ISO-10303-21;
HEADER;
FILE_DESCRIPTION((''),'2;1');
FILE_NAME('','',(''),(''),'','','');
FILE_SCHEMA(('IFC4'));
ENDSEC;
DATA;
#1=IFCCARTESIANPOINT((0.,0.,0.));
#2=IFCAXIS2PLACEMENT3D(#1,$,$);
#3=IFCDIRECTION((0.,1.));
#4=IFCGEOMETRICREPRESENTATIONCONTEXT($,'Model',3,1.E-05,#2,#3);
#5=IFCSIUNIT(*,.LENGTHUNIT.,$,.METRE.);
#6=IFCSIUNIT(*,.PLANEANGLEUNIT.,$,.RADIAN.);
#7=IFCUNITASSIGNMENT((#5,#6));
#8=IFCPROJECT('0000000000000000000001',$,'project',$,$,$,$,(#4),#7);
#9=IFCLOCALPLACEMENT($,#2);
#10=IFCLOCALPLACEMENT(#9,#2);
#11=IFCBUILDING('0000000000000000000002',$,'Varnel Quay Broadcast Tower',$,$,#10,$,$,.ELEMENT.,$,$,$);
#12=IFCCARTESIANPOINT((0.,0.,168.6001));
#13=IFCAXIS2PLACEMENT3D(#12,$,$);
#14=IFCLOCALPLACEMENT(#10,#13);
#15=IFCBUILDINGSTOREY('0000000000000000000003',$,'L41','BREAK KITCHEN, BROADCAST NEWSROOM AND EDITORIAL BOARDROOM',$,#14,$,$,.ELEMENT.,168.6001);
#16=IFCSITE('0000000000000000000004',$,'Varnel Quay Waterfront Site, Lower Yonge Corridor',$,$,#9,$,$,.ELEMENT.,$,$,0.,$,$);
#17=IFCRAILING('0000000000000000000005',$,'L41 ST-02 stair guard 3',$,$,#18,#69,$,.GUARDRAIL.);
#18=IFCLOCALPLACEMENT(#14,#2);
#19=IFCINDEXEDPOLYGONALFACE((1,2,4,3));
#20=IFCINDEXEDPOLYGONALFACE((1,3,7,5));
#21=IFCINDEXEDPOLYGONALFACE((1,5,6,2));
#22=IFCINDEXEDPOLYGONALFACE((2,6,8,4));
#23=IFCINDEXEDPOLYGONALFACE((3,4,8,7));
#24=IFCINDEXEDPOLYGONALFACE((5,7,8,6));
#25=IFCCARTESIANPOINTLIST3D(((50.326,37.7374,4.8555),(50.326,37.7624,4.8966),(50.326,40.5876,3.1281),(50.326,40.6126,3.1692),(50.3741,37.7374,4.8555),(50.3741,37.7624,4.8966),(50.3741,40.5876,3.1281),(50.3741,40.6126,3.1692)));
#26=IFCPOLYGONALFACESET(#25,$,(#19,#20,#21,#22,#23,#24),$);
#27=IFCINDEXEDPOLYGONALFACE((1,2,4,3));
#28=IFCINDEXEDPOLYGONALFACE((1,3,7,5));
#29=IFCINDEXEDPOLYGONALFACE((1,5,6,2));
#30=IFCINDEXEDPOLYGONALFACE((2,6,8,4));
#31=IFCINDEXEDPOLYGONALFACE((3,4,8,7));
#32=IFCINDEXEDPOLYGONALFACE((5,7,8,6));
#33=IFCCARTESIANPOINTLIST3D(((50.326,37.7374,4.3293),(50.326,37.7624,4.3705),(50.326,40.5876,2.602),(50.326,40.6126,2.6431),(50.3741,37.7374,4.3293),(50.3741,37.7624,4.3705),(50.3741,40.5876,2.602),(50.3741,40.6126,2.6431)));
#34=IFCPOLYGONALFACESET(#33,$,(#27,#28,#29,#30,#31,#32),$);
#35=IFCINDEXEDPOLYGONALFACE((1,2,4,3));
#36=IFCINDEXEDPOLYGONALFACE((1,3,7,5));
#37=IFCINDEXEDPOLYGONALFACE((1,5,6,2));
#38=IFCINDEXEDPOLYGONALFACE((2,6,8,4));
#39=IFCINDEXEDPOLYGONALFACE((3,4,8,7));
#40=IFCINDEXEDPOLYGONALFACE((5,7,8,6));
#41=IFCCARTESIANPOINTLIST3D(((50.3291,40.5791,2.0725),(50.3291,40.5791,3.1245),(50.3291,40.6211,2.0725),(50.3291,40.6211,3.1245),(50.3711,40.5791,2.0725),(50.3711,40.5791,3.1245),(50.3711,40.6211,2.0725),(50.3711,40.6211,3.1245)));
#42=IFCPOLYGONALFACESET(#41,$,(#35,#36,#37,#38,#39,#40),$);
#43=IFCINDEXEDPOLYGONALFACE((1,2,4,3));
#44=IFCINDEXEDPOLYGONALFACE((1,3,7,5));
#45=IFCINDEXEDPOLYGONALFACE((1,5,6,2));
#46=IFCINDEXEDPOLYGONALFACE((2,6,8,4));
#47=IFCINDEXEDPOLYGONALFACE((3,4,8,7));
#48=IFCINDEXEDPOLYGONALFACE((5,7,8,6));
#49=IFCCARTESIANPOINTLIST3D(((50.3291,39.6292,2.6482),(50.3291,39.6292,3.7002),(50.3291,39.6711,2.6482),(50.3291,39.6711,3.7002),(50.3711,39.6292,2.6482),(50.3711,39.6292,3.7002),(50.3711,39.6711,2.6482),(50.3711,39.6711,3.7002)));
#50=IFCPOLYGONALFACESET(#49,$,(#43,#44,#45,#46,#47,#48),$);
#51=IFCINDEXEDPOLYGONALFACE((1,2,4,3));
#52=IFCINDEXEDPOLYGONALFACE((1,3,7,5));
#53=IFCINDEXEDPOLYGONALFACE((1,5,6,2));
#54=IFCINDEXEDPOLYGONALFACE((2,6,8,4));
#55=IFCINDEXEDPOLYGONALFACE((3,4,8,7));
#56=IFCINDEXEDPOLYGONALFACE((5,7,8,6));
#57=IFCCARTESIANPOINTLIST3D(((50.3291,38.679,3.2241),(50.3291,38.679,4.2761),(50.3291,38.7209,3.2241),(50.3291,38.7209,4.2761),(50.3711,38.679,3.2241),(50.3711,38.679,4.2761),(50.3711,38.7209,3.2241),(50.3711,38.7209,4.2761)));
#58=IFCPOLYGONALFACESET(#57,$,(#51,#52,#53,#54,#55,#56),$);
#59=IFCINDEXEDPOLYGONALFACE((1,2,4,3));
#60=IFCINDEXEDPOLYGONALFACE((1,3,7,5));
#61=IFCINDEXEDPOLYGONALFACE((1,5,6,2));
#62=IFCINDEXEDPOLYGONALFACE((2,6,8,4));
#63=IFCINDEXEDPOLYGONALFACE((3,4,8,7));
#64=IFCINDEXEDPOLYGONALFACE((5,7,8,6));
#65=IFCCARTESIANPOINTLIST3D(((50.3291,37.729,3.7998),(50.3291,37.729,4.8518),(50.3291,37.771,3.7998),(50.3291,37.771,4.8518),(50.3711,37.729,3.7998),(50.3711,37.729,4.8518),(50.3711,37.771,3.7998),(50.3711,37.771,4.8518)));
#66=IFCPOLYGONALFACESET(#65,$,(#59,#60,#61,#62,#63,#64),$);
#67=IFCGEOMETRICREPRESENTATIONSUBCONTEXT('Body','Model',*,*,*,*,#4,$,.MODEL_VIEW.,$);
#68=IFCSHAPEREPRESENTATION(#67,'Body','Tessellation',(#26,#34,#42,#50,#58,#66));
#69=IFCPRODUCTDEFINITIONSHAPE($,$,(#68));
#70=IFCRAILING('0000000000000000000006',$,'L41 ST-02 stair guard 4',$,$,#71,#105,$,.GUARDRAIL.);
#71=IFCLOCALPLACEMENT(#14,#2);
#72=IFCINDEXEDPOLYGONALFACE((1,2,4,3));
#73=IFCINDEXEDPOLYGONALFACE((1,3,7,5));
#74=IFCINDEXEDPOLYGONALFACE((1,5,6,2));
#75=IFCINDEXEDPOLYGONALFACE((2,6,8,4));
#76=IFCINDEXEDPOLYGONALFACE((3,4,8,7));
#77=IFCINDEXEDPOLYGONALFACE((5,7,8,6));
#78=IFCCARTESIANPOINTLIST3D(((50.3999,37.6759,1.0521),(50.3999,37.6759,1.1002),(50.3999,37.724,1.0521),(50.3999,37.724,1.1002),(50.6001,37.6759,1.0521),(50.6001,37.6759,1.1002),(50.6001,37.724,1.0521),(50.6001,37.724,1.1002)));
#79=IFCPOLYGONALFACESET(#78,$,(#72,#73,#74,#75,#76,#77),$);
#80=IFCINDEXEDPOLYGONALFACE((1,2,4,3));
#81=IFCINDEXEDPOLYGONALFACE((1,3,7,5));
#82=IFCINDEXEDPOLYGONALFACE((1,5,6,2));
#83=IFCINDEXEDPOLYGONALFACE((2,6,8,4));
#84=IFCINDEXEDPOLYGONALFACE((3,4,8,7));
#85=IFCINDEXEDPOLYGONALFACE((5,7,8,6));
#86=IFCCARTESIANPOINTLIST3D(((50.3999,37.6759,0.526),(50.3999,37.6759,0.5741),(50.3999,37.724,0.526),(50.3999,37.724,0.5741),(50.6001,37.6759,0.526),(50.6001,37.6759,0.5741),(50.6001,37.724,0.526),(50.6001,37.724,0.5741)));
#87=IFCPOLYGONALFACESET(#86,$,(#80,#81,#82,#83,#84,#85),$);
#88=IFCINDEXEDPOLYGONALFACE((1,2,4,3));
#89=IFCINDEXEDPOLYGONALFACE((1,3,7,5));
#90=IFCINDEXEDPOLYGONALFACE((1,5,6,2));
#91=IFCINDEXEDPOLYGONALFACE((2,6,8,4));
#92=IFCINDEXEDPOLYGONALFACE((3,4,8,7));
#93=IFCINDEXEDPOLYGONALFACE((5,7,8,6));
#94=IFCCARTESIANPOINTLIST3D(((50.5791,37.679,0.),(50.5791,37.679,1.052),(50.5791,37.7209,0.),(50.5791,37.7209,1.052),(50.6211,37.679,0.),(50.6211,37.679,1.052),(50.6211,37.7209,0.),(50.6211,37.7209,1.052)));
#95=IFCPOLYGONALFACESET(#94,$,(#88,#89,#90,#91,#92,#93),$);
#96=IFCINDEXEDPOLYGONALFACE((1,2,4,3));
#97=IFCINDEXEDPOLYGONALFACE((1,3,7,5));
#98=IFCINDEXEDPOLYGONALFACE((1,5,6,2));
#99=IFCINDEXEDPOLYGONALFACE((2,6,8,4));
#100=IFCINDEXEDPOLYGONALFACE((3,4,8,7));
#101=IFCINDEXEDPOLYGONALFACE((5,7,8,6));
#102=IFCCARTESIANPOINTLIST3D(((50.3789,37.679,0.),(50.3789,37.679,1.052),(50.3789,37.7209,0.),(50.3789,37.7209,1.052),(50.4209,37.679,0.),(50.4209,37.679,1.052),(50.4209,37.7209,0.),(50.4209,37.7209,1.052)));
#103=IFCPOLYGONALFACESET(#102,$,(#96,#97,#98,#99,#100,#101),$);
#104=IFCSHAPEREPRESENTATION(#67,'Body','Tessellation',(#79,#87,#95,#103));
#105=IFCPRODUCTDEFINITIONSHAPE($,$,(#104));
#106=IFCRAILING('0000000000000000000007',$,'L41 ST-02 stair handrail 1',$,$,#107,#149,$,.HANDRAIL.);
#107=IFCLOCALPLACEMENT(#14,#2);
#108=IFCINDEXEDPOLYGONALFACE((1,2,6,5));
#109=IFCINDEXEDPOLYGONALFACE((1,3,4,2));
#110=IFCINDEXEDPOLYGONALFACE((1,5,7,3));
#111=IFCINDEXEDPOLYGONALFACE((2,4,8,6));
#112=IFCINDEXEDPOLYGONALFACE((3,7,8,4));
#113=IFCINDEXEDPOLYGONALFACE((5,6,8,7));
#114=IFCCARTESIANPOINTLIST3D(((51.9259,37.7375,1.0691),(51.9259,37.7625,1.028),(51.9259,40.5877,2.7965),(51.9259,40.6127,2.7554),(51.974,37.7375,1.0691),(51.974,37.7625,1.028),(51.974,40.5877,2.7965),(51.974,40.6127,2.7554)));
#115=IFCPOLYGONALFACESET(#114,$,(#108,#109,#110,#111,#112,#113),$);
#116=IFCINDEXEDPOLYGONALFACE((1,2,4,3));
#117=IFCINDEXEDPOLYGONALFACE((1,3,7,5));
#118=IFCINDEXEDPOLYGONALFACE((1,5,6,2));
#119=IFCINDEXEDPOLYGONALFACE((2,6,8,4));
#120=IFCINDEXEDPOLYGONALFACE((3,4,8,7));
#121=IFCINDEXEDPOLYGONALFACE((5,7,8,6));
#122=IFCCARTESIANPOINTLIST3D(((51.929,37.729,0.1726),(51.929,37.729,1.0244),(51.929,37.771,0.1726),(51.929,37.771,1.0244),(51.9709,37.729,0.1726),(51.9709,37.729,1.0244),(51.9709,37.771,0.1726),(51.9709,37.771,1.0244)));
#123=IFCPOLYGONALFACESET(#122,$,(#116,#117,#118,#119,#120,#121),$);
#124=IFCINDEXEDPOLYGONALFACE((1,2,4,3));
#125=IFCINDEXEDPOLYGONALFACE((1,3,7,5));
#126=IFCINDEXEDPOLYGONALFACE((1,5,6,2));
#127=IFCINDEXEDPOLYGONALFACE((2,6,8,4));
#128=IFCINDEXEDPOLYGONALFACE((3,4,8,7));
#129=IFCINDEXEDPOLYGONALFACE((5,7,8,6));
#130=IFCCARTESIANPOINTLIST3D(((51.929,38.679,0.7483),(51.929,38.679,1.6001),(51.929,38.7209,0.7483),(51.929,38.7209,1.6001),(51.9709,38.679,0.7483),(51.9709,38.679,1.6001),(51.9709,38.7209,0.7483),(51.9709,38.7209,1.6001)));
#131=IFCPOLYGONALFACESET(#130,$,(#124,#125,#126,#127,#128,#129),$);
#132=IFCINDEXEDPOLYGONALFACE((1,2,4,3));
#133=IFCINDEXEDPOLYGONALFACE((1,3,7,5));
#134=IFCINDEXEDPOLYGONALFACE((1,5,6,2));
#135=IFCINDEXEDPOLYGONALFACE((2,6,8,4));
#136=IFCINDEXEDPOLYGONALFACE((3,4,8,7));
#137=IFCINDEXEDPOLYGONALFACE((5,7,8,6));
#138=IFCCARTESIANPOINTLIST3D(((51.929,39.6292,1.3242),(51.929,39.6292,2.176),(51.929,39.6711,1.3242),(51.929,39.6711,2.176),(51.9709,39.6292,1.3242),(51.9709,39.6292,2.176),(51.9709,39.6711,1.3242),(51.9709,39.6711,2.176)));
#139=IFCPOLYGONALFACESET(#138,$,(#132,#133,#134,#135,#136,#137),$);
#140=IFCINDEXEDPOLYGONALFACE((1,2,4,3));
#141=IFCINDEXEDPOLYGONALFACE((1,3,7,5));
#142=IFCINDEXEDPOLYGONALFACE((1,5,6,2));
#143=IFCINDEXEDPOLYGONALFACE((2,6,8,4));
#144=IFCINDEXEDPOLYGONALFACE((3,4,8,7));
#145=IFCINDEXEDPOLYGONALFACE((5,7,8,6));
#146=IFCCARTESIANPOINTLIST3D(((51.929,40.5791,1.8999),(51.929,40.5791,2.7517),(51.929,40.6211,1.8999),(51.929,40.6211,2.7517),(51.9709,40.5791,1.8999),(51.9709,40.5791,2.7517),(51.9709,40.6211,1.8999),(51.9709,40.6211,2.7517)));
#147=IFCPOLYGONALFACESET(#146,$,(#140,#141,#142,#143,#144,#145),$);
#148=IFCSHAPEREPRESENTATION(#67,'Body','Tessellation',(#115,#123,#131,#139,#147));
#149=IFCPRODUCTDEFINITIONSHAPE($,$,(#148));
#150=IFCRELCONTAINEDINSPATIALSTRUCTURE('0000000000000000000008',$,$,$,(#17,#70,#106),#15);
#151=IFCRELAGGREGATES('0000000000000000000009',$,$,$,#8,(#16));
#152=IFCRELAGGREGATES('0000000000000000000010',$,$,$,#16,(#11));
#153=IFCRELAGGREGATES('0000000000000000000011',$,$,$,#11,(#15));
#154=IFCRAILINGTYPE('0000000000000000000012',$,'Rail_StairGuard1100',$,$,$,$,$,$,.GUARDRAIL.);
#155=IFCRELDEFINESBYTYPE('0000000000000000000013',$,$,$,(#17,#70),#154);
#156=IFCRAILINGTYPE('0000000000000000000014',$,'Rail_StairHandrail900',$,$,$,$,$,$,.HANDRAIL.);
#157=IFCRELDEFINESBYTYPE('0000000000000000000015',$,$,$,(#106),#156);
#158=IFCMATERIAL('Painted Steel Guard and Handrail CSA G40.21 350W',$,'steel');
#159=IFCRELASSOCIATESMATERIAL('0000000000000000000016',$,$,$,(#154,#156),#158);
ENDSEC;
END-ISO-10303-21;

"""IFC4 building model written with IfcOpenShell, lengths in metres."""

from ifc_helpers import new_model, si_unit, direction, frame, origin, origin_2d, place, context, subcontext, project, spatial, rectangle, extrude, material, type_object, element, save


model = new_model("IFC4")

# Units and contexts
model_context = context("Model", 3, precision=1e-05, world=origin(), true_north=direction((0.0, 1.0)))
body_context = subcontext(model_context, "Body", "Model", "MODEL_VIEW")
ifc_project = project(units=[si_unit("LENGTHUNIT", "METRE"), si_unit("PLANEANGLEUNIT", "RADIAN")], contexts=[model_context])

# Site, building, storey
site_placement = place(None, origin())
site = spatial("IfcSite", under=ifc_project, at=site_placement, Name="Varnel Quay Waterfront Site, Lower Yonge Corridor", CompositionType="ELEMENT", RefElevation=0.0)
building_placement = place(site_placement, origin())
building = spatial("IfcBuilding", under=site, at=building_placement, Name="Varnel Quay Broadcast Tower", CompositionType="ELEMENT")
storey_placement = place(building_placement, frame((0.0, 0.0, 168.6001)))
storey = spatial("IfcBuildingStorey", under=building, at=storey_placement, Name="L41", Description="BREAK KITCHEN, BROADCAST NEWSROOM AND EDITORIAL BOARDROOM", CompositionType="ELEMENT", Elevation=168.6001)

# Railings
ifc_material_1 = material(Name="Painted Steel Guard and Handrail CSA G40.21 350W", Category="steel")
railing_type_1 = type_object("IfcRailingType", Name="Rail_StairGuard1100", PredefinedType="GUARDRAIL", material=ifc_material_1)
railing_1_placement = place(storey_placement, frame((50.3501, 40.6001, 2.0725)))
element("IfcRailing", 1, at=railing_1_placement, inside=storey, type_object=railing_type_1, Name="L41 ST-02 stair guard 3", PredefinedType="GUARDRAIL", context=body_context, shape_type="SweptSolid", body=[
    extrude(rectangle(XDim=0.0481, YDim=0.0481, at=origin_2d()), frame((0.0, 0.0, 1.0762), z_axis=(0.0, -0.855203, 0.518294), x_axis=(1.0, 0.0, 0.0)), (0.0, 0.0, 1.0), 3.3328),
    extrude(rectangle(XDim=0.0481, YDim=0.0481, at=origin_2d()), frame((0.0, 0.0, 0.55), z_axis=(0.0, -0.855203, 0.518294), x_axis=(1.0, 0.0, 0.0)), (0.0, 0.0, 1.0), 3.3328),
    extrude(rectangle(XDim=0.042, YDim=0.042, at=origin_2d()), origin(), (0.0, 0.0, 1.0), 1.052),
    extrude(rectangle(XDim=0.042, YDim=0.042, at=origin_2d()), frame((0.0, -0.95, 0.5757)), (0.0, 0.0, 1.0), 1.052),
    extrude(rectangle(XDim=0.042, YDim=0.042, at=origin_2d()), frame((0.0, -1.9001, 1.1516)), (0.0, 0.0, 1.0), 1.052),
    extrude(rectangle(XDim=0.042, YDim=0.042, at=origin_2d()), frame((0.0, -2.8501, 1.7273)), (0.0, 0.0, 1.0), 1.052),
])
railing_2_placement = place(storey_placement, frame((50.6001, 37.7, 0.0)))
element("IfcRailing", 2, at=railing_2_placement, inside=storey, type_object=railing_type_1, Name="L41 ST-02 stair guard 4", PredefinedType="GUARDRAIL", context=body_context, shape_type="SweptSolid", body=[
    extrude(rectangle(XDim=0.0481, YDim=0.0481, at=origin_2d()), frame((0.0, 0.0, 1.0762), z_axis=(-1.0, 0.0, 0.0), x_axis=(0.0, -1.0, 0.0)), (0.0, 0.0, 1.0), 0.2002),
    extrude(rectangle(XDim=0.0481, YDim=0.0481, at=origin_2d()), frame((0.0, 0.0, 0.55), z_axis=(-1.0, 0.0, 0.0), x_axis=(0.0, -1.0, 0.0)), (0.0, 0.0, 1.0), 0.2002),
    extrude(rectangle(XDim=0.042, YDim=0.042, at=origin_2d()), origin(), (0.0, 0.0, 1.0), 1.052),
    extrude(rectangle(XDim=0.042, YDim=0.042, at=origin_2d()), frame((-0.2002, 0.0, 0.0)), (0.0, 0.0, 1.0), 1.052),
])
railing_type_2 = type_object("IfcRailingType", Name="Rail_StairHandrail900", PredefinedType="HANDRAIL", material=ifc_material_1)
railing_3_placement = place(storey_placement, frame((51.95, 37.75, 0.1726)))
element("IfcRailing", 3, at=railing_3_placement, inside=storey, type_object=railing_type_2, Name="L41 ST-02 stair handrail 1", PredefinedType="HANDRAIL", context=body_context, shape_type="SweptSolid", body=[
    extrude(rectangle(XDim=0.0481, YDim=0.0481, at=origin_2d()), frame((0.0, 0.0, 0.876), z_axis=(0.0, 0.855203, 0.518294), x_axis=(-1.0, 0.0, 0.0)), (0.0, 0.0, 1.0), 3.3328),
    extrude(rectangle(XDim=0.042, YDim=0.042, at=origin_2d()), origin(), (0.0, 0.0, 1.0), 0.8518),
    extrude(rectangle(XDim=0.042, YDim=0.042, at=origin_2d()), frame((0.0, 0.95, 0.5757)), (0.0, 0.0, 1.0), 0.8518),
    extrude(rectangle(XDim=0.042, YDim=0.042, at=origin_2d()), frame((0.0, 1.9001, 1.1516)), (0.0, 0.0, 1.0), 0.8518),
    extrude(rectangle(XDim=0.042, YDim=0.042, at=origin_2d()), frame((0.0, 2.8501, 1.7273)), (0.0, 0.0, 1.0), 0.8518),
])

save(model, "model.ifc")
